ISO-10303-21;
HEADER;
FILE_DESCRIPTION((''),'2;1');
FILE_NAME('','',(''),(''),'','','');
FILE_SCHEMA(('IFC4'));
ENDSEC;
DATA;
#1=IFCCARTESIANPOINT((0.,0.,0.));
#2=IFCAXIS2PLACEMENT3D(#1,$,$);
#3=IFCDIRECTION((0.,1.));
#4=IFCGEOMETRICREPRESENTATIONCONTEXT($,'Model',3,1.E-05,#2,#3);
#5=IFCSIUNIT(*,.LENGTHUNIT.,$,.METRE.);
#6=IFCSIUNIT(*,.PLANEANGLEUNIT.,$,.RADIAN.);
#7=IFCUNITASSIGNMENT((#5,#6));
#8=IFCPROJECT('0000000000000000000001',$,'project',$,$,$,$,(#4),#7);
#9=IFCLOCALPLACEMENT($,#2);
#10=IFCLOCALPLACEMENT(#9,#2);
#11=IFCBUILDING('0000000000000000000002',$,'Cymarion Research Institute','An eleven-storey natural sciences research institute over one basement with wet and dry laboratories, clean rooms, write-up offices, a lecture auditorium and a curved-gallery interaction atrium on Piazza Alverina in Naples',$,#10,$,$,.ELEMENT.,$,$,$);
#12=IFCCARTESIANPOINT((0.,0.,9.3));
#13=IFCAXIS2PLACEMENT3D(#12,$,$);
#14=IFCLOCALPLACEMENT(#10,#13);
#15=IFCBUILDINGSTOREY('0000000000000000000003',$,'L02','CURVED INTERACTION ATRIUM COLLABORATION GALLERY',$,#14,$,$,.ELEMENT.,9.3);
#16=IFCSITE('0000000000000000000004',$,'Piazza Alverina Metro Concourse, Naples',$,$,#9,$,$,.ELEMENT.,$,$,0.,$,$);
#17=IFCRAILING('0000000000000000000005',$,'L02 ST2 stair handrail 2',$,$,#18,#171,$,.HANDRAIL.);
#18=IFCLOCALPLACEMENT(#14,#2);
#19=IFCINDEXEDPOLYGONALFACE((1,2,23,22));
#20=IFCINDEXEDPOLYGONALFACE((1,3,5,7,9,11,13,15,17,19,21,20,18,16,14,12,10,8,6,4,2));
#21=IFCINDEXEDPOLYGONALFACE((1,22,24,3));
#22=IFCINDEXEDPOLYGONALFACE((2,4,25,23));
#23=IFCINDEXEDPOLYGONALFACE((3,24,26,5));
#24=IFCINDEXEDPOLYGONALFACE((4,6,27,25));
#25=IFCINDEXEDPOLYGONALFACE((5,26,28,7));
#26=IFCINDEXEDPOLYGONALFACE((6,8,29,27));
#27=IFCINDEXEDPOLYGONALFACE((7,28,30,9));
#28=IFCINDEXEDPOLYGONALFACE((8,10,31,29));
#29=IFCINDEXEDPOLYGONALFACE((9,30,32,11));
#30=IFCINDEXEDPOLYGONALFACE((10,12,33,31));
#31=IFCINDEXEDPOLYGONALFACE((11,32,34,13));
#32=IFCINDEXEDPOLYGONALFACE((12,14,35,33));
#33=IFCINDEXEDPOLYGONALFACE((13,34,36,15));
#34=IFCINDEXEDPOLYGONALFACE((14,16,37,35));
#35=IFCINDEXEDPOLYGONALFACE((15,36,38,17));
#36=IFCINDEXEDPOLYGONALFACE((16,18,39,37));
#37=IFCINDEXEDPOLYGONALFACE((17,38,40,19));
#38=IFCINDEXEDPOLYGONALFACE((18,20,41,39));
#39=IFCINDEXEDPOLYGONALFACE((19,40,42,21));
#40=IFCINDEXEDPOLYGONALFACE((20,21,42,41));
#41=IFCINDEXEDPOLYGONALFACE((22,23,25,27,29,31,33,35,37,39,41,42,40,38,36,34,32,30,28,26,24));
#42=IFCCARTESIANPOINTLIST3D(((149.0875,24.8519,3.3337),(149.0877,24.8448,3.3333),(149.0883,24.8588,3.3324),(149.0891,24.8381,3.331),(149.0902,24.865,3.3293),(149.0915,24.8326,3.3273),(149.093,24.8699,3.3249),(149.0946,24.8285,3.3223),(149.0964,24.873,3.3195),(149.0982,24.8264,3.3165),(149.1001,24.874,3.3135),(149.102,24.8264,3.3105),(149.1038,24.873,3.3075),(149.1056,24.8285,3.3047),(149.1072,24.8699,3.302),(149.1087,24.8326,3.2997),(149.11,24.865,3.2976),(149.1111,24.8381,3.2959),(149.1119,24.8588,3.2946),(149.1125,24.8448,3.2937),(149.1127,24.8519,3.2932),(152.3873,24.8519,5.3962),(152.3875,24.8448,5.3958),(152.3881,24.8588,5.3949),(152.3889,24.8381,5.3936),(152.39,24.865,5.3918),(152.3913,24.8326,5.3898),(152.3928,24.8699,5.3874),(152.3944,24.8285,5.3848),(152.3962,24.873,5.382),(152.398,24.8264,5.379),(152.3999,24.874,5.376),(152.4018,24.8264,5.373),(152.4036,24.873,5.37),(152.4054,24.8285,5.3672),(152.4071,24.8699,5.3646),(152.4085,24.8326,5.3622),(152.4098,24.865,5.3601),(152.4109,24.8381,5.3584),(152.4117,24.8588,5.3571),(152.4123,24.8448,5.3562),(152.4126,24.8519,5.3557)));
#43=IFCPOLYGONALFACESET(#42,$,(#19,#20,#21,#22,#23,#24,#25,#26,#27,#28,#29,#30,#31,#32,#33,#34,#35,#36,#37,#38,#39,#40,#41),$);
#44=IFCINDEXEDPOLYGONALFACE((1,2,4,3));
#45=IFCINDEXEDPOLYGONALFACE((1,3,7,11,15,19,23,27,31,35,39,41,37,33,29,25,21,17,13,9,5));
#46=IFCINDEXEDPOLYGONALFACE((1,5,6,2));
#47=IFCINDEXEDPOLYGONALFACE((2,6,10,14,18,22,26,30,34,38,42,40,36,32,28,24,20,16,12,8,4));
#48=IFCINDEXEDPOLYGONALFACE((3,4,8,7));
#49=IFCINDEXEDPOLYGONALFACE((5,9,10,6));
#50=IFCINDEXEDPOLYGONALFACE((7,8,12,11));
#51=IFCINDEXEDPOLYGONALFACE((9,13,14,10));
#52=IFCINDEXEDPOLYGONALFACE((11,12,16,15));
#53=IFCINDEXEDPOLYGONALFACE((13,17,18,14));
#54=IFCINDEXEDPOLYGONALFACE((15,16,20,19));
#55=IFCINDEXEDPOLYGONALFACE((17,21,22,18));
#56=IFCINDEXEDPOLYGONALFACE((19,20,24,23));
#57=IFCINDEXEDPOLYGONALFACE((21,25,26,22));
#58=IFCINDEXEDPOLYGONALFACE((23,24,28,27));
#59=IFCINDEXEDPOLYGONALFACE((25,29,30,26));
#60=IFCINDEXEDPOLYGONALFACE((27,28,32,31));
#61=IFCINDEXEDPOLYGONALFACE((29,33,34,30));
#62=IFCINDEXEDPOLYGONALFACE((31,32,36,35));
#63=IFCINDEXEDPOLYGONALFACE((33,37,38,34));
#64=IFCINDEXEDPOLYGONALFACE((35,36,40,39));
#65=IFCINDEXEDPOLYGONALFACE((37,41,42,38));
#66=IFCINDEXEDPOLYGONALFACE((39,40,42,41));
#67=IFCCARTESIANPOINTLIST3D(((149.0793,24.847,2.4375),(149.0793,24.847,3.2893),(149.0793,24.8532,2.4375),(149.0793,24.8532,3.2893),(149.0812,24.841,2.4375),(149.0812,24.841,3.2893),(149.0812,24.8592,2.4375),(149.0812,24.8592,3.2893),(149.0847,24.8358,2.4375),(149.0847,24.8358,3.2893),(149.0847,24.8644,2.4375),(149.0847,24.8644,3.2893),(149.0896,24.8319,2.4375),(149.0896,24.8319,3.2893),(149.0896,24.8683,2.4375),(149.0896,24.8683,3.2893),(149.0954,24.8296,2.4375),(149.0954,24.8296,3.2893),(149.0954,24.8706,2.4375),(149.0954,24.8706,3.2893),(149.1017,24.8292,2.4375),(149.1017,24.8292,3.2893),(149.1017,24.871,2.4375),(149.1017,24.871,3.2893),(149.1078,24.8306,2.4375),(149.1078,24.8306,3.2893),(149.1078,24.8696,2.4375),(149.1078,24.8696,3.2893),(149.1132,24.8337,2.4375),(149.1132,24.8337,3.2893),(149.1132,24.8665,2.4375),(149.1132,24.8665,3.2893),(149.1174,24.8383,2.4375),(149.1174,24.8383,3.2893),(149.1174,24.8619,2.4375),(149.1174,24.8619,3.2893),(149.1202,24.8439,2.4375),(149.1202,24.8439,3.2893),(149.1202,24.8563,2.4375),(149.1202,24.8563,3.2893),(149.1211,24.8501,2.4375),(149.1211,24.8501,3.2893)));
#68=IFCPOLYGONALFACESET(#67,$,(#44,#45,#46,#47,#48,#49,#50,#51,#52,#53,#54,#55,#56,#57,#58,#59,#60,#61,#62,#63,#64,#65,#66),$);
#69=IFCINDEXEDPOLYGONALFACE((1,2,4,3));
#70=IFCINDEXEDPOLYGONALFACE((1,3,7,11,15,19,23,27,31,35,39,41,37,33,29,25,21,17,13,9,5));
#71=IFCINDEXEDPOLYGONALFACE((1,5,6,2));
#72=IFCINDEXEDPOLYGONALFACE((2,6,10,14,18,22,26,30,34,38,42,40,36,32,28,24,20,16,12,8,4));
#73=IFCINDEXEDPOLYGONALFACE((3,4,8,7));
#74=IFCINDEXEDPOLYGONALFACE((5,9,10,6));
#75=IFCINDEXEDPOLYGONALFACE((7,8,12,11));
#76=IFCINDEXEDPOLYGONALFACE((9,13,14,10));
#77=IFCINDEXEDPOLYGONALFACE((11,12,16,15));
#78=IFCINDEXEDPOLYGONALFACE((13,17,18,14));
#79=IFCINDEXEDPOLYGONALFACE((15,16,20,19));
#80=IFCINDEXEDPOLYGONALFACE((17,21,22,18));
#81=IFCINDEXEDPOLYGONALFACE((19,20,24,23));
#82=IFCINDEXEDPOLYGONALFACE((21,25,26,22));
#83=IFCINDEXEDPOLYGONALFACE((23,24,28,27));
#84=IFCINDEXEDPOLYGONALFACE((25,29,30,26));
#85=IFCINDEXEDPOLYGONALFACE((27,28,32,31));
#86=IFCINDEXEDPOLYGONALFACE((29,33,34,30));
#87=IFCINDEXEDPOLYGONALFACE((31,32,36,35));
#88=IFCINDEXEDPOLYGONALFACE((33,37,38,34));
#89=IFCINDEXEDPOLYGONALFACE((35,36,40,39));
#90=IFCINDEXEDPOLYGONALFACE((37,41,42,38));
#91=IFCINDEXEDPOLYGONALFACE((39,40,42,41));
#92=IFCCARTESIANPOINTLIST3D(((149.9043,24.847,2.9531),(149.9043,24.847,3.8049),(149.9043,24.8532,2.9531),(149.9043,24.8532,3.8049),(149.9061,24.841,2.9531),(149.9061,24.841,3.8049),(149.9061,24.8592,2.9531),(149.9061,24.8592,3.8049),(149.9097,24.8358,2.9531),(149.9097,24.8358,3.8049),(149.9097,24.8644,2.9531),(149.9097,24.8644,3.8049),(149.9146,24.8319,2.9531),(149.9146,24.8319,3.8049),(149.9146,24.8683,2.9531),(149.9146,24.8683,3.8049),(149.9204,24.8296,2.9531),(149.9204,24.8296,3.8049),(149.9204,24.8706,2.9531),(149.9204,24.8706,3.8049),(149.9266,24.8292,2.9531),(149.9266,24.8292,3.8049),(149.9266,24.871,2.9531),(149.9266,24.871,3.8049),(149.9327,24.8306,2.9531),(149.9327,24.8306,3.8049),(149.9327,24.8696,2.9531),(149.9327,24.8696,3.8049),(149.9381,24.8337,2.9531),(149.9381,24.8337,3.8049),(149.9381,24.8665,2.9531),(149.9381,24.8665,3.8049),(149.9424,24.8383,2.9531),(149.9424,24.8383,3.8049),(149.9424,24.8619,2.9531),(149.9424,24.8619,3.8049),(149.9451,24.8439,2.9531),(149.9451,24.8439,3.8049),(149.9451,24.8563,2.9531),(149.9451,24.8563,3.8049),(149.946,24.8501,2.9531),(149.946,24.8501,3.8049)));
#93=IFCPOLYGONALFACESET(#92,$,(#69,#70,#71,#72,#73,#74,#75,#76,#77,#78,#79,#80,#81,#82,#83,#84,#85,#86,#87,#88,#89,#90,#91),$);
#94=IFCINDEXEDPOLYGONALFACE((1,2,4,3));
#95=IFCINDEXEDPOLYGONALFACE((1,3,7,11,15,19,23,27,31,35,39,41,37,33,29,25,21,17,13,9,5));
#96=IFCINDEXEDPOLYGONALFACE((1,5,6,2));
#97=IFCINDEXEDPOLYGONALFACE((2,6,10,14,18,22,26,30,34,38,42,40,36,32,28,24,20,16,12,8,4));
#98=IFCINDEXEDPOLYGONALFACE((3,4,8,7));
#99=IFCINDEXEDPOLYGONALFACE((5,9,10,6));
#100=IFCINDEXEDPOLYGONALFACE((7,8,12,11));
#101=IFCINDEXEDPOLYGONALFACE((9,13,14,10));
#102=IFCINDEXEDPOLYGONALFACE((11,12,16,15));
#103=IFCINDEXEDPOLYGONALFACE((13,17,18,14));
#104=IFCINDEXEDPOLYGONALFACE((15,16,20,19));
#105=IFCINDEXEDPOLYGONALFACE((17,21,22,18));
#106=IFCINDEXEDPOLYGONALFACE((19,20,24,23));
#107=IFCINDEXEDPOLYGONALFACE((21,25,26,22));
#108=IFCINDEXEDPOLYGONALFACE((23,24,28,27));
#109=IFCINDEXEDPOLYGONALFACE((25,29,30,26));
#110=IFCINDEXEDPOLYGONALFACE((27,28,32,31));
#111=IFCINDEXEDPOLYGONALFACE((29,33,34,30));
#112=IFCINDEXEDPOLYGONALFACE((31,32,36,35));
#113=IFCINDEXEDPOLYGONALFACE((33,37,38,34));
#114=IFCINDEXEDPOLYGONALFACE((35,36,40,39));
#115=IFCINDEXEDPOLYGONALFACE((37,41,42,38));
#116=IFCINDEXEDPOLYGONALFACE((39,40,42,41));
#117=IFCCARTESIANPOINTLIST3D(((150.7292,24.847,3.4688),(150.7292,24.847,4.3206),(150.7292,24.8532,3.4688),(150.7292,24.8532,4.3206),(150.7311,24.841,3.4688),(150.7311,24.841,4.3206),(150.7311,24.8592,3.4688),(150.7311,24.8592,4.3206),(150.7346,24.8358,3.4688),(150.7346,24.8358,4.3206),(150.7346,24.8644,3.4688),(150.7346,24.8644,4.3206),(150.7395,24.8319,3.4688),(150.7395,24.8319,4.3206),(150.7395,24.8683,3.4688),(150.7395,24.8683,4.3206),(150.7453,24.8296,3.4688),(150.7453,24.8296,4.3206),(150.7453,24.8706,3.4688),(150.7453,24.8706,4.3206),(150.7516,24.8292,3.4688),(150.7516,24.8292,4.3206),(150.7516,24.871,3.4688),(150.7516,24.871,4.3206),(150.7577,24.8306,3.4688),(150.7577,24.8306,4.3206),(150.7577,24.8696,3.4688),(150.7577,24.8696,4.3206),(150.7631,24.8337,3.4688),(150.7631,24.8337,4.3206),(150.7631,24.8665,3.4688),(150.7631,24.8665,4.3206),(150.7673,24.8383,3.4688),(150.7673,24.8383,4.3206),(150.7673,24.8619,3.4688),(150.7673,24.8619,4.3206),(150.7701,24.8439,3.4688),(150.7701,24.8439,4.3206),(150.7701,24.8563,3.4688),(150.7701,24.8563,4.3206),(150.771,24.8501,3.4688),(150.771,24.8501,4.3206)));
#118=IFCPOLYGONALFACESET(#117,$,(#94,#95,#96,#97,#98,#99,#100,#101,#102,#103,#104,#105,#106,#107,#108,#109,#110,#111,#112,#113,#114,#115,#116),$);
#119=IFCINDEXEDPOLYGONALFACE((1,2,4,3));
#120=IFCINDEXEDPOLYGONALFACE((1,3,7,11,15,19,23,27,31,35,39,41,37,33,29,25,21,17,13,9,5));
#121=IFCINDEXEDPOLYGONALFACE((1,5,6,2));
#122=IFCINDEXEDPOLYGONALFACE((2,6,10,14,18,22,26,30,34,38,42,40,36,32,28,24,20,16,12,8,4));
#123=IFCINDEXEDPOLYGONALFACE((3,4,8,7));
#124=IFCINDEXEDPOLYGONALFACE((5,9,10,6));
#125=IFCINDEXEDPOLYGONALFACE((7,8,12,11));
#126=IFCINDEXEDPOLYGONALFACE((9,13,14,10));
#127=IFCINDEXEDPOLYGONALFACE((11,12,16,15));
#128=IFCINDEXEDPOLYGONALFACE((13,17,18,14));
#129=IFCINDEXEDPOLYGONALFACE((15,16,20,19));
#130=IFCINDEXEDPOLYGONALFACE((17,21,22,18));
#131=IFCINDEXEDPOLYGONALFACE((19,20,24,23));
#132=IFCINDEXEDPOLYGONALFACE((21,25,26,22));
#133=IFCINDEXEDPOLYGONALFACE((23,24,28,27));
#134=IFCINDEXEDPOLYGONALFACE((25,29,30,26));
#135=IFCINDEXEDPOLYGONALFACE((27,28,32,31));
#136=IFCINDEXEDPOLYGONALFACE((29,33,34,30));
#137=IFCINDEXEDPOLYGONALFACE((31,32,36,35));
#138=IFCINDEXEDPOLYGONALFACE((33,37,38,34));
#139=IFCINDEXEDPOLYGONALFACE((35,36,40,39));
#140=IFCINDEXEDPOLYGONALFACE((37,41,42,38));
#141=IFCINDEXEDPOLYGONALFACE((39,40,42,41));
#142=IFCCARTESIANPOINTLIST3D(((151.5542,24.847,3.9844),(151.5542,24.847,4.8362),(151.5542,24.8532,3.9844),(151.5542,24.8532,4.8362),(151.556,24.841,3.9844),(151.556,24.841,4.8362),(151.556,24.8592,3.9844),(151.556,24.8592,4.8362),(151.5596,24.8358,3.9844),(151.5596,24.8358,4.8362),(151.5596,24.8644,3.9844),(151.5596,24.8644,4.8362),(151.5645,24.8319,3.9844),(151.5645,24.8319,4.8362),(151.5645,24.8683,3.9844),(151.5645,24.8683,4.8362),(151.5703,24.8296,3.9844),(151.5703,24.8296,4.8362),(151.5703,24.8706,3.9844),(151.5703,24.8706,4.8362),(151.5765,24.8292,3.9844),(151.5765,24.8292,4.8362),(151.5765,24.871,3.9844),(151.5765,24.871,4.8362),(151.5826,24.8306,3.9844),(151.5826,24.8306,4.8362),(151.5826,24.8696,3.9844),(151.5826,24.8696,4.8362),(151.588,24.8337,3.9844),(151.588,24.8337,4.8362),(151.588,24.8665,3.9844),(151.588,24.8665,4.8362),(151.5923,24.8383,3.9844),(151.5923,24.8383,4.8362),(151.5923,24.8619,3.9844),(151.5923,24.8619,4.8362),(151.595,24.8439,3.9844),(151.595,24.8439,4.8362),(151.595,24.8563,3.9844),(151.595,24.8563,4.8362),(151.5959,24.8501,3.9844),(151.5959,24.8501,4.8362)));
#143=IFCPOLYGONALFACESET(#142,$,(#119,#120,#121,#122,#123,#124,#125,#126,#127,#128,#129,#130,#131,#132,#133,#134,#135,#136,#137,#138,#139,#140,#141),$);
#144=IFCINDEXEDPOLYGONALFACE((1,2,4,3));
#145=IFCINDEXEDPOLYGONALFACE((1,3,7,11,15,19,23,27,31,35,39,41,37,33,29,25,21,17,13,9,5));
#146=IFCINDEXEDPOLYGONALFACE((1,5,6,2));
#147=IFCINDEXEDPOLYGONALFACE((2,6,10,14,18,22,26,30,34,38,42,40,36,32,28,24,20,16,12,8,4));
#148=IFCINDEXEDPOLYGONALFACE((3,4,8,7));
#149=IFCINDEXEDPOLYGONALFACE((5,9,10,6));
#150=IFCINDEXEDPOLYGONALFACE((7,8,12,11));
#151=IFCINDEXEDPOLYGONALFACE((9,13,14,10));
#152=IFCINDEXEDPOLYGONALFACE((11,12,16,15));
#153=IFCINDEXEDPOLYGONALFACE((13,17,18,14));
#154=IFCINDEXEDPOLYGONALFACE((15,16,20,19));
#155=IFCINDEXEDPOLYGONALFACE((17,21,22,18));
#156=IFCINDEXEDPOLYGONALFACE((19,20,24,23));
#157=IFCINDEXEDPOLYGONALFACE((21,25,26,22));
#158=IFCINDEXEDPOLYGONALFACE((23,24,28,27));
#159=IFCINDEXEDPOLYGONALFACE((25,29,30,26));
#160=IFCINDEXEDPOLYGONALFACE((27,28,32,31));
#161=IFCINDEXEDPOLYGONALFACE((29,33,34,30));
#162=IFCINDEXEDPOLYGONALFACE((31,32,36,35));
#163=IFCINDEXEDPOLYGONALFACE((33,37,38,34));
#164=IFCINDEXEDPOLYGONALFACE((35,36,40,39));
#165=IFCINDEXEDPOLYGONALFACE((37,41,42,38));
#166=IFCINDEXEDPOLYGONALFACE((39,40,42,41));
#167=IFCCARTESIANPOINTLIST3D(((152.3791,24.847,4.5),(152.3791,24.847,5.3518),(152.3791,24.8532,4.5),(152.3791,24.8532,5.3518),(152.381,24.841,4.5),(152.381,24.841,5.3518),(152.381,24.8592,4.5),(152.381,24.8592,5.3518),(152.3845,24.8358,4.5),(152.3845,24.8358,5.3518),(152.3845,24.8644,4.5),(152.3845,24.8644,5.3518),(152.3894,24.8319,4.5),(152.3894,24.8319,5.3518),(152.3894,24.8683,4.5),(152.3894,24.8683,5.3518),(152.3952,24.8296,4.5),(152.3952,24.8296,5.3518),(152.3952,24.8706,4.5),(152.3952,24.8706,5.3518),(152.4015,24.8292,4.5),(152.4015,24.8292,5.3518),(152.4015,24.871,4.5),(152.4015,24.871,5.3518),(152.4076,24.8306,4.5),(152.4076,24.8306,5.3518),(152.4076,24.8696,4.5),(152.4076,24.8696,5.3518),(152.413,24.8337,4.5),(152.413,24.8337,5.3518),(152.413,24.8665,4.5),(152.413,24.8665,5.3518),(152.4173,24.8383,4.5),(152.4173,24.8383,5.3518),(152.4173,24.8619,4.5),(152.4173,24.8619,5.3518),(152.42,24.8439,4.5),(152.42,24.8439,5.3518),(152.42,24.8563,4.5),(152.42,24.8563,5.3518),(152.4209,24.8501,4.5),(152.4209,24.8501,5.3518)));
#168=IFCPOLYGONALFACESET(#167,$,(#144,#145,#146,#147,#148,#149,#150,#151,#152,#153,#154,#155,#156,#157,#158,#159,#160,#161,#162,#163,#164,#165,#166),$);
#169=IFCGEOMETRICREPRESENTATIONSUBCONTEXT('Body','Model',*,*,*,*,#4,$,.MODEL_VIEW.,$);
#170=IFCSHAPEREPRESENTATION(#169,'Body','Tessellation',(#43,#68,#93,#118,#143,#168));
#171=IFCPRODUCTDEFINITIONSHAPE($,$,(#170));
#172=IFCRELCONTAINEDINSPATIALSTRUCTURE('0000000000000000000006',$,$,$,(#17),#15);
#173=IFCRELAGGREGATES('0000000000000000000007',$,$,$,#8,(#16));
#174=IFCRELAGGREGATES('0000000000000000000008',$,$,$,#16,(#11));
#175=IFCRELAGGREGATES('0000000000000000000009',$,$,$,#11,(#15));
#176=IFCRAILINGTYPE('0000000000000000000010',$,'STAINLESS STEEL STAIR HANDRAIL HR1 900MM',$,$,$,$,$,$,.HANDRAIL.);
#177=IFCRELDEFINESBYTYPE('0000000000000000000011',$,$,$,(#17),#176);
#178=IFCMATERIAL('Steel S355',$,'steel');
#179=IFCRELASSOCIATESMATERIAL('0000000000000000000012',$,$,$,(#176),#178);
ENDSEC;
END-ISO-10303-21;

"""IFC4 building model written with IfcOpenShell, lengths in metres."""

from ifc_helpers import new_model, si_unit, direction, frame, origin, origin_2d, place, context, subcontext, project, spatial, circle, extrude, material, type_object, element, save


model = new_model("IFC4")

# Units and contexts
model_context = context("Model", 3, precision=1e-05, world=origin(), true_north=direction((0.0, 1.0)))
body_context = subcontext(model_context, "Body", "Model", "MODEL_VIEW")
ifc_project = project(units=[si_unit("LENGTHUNIT", "METRE"), si_unit("PLANEANGLEUNIT", "RADIAN")], contexts=[model_context])

# Site, building, storey
site_placement = place(None, origin())
site = spatial("IfcSite", under=ifc_project, at=site_placement, Name="Piazza Alverina Metro Concourse, Naples", CompositionType="ELEMENT", RefElevation=0.0)
building_placement = place(site_placement, origin())
building = spatial("IfcBuilding", under=site, at=building_placement, Name="Cymarion Research Institute", Description="An eleven-storey natural sciences research institute over one basement with wet and dry laboratories, clean rooms, write-up offices, a lecture auditorium and a curved-gallery interaction atrium on Piazza Alverina in Naples", CompositionType="ELEMENT")
storey_placement = place(building_placement, frame((0.0, 0.0, 9.3)))
storey = spatial("IfcBuildingStorey", under=building, at=storey_placement, Name="L02", Description="CURVED INTERACTION ATRIUM COLLABORATION GALLERY", CompositionType="ELEMENT", Elevation=9.3)

# Shared definitions
ifc_material_1 = material(Name="Steel S355", Category="steel")

# Railing
railing_type_1 = type_object("IfcRailingType", Name="STAINLESS STEEL STAIR HANDRAIL HR1 900MM", PredefinedType="HANDRAIL", material=ifc_material_1)
railing_1_placement = place(storey_placement, frame((149.1001, 24.8501, 2.4375)))
element("IfcRailing", 1, at=railing_1_placement, inside=storey, type_object=railing_type_1, Name="L02 ST2 stair handrail 2", PredefinedType="HANDRAIL", context=body_context, shape_type="SweptSolid", body=[
    extrude(circle(Radius=0.0239, at=origin_2d()), frame((0.0, 0.0, 0.876), z_axis=(0.847984, 0.0, 0.530021), x_axis=(0.0, 1.0, 0.0)), (0.0, 0.0, 1.0), 3.8914),
    extrude(circle(Radius=0.021, at=origin_2d()), origin(), (0.0, 0.0, 1.0), 0.8518),
    extrude(circle(Radius=0.021, at=origin_2d()), frame((0.825, 0.0, 0.5156)), (0.0, 0.0, 1.0), 0.8518),
    extrude(circle(Radius=0.021, at=origin_2d()), frame((1.6499, 0.0, 1.0312)), (0.0, 0.0, 1.0), 0.8518),
    extrude(circle(Radius=0.021, at=origin_2d()), frame((2.4749, 0.0, 1.5469)), (0.0, 0.0, 1.0), 0.8518),
    extrude(circle(Radius=0.021, at=origin_2d()), frame((3.2998, 0.0, 2.0625)), (0.0, 0.0, 1.0), 0.8518),
])

save(model, "model.ifc")
